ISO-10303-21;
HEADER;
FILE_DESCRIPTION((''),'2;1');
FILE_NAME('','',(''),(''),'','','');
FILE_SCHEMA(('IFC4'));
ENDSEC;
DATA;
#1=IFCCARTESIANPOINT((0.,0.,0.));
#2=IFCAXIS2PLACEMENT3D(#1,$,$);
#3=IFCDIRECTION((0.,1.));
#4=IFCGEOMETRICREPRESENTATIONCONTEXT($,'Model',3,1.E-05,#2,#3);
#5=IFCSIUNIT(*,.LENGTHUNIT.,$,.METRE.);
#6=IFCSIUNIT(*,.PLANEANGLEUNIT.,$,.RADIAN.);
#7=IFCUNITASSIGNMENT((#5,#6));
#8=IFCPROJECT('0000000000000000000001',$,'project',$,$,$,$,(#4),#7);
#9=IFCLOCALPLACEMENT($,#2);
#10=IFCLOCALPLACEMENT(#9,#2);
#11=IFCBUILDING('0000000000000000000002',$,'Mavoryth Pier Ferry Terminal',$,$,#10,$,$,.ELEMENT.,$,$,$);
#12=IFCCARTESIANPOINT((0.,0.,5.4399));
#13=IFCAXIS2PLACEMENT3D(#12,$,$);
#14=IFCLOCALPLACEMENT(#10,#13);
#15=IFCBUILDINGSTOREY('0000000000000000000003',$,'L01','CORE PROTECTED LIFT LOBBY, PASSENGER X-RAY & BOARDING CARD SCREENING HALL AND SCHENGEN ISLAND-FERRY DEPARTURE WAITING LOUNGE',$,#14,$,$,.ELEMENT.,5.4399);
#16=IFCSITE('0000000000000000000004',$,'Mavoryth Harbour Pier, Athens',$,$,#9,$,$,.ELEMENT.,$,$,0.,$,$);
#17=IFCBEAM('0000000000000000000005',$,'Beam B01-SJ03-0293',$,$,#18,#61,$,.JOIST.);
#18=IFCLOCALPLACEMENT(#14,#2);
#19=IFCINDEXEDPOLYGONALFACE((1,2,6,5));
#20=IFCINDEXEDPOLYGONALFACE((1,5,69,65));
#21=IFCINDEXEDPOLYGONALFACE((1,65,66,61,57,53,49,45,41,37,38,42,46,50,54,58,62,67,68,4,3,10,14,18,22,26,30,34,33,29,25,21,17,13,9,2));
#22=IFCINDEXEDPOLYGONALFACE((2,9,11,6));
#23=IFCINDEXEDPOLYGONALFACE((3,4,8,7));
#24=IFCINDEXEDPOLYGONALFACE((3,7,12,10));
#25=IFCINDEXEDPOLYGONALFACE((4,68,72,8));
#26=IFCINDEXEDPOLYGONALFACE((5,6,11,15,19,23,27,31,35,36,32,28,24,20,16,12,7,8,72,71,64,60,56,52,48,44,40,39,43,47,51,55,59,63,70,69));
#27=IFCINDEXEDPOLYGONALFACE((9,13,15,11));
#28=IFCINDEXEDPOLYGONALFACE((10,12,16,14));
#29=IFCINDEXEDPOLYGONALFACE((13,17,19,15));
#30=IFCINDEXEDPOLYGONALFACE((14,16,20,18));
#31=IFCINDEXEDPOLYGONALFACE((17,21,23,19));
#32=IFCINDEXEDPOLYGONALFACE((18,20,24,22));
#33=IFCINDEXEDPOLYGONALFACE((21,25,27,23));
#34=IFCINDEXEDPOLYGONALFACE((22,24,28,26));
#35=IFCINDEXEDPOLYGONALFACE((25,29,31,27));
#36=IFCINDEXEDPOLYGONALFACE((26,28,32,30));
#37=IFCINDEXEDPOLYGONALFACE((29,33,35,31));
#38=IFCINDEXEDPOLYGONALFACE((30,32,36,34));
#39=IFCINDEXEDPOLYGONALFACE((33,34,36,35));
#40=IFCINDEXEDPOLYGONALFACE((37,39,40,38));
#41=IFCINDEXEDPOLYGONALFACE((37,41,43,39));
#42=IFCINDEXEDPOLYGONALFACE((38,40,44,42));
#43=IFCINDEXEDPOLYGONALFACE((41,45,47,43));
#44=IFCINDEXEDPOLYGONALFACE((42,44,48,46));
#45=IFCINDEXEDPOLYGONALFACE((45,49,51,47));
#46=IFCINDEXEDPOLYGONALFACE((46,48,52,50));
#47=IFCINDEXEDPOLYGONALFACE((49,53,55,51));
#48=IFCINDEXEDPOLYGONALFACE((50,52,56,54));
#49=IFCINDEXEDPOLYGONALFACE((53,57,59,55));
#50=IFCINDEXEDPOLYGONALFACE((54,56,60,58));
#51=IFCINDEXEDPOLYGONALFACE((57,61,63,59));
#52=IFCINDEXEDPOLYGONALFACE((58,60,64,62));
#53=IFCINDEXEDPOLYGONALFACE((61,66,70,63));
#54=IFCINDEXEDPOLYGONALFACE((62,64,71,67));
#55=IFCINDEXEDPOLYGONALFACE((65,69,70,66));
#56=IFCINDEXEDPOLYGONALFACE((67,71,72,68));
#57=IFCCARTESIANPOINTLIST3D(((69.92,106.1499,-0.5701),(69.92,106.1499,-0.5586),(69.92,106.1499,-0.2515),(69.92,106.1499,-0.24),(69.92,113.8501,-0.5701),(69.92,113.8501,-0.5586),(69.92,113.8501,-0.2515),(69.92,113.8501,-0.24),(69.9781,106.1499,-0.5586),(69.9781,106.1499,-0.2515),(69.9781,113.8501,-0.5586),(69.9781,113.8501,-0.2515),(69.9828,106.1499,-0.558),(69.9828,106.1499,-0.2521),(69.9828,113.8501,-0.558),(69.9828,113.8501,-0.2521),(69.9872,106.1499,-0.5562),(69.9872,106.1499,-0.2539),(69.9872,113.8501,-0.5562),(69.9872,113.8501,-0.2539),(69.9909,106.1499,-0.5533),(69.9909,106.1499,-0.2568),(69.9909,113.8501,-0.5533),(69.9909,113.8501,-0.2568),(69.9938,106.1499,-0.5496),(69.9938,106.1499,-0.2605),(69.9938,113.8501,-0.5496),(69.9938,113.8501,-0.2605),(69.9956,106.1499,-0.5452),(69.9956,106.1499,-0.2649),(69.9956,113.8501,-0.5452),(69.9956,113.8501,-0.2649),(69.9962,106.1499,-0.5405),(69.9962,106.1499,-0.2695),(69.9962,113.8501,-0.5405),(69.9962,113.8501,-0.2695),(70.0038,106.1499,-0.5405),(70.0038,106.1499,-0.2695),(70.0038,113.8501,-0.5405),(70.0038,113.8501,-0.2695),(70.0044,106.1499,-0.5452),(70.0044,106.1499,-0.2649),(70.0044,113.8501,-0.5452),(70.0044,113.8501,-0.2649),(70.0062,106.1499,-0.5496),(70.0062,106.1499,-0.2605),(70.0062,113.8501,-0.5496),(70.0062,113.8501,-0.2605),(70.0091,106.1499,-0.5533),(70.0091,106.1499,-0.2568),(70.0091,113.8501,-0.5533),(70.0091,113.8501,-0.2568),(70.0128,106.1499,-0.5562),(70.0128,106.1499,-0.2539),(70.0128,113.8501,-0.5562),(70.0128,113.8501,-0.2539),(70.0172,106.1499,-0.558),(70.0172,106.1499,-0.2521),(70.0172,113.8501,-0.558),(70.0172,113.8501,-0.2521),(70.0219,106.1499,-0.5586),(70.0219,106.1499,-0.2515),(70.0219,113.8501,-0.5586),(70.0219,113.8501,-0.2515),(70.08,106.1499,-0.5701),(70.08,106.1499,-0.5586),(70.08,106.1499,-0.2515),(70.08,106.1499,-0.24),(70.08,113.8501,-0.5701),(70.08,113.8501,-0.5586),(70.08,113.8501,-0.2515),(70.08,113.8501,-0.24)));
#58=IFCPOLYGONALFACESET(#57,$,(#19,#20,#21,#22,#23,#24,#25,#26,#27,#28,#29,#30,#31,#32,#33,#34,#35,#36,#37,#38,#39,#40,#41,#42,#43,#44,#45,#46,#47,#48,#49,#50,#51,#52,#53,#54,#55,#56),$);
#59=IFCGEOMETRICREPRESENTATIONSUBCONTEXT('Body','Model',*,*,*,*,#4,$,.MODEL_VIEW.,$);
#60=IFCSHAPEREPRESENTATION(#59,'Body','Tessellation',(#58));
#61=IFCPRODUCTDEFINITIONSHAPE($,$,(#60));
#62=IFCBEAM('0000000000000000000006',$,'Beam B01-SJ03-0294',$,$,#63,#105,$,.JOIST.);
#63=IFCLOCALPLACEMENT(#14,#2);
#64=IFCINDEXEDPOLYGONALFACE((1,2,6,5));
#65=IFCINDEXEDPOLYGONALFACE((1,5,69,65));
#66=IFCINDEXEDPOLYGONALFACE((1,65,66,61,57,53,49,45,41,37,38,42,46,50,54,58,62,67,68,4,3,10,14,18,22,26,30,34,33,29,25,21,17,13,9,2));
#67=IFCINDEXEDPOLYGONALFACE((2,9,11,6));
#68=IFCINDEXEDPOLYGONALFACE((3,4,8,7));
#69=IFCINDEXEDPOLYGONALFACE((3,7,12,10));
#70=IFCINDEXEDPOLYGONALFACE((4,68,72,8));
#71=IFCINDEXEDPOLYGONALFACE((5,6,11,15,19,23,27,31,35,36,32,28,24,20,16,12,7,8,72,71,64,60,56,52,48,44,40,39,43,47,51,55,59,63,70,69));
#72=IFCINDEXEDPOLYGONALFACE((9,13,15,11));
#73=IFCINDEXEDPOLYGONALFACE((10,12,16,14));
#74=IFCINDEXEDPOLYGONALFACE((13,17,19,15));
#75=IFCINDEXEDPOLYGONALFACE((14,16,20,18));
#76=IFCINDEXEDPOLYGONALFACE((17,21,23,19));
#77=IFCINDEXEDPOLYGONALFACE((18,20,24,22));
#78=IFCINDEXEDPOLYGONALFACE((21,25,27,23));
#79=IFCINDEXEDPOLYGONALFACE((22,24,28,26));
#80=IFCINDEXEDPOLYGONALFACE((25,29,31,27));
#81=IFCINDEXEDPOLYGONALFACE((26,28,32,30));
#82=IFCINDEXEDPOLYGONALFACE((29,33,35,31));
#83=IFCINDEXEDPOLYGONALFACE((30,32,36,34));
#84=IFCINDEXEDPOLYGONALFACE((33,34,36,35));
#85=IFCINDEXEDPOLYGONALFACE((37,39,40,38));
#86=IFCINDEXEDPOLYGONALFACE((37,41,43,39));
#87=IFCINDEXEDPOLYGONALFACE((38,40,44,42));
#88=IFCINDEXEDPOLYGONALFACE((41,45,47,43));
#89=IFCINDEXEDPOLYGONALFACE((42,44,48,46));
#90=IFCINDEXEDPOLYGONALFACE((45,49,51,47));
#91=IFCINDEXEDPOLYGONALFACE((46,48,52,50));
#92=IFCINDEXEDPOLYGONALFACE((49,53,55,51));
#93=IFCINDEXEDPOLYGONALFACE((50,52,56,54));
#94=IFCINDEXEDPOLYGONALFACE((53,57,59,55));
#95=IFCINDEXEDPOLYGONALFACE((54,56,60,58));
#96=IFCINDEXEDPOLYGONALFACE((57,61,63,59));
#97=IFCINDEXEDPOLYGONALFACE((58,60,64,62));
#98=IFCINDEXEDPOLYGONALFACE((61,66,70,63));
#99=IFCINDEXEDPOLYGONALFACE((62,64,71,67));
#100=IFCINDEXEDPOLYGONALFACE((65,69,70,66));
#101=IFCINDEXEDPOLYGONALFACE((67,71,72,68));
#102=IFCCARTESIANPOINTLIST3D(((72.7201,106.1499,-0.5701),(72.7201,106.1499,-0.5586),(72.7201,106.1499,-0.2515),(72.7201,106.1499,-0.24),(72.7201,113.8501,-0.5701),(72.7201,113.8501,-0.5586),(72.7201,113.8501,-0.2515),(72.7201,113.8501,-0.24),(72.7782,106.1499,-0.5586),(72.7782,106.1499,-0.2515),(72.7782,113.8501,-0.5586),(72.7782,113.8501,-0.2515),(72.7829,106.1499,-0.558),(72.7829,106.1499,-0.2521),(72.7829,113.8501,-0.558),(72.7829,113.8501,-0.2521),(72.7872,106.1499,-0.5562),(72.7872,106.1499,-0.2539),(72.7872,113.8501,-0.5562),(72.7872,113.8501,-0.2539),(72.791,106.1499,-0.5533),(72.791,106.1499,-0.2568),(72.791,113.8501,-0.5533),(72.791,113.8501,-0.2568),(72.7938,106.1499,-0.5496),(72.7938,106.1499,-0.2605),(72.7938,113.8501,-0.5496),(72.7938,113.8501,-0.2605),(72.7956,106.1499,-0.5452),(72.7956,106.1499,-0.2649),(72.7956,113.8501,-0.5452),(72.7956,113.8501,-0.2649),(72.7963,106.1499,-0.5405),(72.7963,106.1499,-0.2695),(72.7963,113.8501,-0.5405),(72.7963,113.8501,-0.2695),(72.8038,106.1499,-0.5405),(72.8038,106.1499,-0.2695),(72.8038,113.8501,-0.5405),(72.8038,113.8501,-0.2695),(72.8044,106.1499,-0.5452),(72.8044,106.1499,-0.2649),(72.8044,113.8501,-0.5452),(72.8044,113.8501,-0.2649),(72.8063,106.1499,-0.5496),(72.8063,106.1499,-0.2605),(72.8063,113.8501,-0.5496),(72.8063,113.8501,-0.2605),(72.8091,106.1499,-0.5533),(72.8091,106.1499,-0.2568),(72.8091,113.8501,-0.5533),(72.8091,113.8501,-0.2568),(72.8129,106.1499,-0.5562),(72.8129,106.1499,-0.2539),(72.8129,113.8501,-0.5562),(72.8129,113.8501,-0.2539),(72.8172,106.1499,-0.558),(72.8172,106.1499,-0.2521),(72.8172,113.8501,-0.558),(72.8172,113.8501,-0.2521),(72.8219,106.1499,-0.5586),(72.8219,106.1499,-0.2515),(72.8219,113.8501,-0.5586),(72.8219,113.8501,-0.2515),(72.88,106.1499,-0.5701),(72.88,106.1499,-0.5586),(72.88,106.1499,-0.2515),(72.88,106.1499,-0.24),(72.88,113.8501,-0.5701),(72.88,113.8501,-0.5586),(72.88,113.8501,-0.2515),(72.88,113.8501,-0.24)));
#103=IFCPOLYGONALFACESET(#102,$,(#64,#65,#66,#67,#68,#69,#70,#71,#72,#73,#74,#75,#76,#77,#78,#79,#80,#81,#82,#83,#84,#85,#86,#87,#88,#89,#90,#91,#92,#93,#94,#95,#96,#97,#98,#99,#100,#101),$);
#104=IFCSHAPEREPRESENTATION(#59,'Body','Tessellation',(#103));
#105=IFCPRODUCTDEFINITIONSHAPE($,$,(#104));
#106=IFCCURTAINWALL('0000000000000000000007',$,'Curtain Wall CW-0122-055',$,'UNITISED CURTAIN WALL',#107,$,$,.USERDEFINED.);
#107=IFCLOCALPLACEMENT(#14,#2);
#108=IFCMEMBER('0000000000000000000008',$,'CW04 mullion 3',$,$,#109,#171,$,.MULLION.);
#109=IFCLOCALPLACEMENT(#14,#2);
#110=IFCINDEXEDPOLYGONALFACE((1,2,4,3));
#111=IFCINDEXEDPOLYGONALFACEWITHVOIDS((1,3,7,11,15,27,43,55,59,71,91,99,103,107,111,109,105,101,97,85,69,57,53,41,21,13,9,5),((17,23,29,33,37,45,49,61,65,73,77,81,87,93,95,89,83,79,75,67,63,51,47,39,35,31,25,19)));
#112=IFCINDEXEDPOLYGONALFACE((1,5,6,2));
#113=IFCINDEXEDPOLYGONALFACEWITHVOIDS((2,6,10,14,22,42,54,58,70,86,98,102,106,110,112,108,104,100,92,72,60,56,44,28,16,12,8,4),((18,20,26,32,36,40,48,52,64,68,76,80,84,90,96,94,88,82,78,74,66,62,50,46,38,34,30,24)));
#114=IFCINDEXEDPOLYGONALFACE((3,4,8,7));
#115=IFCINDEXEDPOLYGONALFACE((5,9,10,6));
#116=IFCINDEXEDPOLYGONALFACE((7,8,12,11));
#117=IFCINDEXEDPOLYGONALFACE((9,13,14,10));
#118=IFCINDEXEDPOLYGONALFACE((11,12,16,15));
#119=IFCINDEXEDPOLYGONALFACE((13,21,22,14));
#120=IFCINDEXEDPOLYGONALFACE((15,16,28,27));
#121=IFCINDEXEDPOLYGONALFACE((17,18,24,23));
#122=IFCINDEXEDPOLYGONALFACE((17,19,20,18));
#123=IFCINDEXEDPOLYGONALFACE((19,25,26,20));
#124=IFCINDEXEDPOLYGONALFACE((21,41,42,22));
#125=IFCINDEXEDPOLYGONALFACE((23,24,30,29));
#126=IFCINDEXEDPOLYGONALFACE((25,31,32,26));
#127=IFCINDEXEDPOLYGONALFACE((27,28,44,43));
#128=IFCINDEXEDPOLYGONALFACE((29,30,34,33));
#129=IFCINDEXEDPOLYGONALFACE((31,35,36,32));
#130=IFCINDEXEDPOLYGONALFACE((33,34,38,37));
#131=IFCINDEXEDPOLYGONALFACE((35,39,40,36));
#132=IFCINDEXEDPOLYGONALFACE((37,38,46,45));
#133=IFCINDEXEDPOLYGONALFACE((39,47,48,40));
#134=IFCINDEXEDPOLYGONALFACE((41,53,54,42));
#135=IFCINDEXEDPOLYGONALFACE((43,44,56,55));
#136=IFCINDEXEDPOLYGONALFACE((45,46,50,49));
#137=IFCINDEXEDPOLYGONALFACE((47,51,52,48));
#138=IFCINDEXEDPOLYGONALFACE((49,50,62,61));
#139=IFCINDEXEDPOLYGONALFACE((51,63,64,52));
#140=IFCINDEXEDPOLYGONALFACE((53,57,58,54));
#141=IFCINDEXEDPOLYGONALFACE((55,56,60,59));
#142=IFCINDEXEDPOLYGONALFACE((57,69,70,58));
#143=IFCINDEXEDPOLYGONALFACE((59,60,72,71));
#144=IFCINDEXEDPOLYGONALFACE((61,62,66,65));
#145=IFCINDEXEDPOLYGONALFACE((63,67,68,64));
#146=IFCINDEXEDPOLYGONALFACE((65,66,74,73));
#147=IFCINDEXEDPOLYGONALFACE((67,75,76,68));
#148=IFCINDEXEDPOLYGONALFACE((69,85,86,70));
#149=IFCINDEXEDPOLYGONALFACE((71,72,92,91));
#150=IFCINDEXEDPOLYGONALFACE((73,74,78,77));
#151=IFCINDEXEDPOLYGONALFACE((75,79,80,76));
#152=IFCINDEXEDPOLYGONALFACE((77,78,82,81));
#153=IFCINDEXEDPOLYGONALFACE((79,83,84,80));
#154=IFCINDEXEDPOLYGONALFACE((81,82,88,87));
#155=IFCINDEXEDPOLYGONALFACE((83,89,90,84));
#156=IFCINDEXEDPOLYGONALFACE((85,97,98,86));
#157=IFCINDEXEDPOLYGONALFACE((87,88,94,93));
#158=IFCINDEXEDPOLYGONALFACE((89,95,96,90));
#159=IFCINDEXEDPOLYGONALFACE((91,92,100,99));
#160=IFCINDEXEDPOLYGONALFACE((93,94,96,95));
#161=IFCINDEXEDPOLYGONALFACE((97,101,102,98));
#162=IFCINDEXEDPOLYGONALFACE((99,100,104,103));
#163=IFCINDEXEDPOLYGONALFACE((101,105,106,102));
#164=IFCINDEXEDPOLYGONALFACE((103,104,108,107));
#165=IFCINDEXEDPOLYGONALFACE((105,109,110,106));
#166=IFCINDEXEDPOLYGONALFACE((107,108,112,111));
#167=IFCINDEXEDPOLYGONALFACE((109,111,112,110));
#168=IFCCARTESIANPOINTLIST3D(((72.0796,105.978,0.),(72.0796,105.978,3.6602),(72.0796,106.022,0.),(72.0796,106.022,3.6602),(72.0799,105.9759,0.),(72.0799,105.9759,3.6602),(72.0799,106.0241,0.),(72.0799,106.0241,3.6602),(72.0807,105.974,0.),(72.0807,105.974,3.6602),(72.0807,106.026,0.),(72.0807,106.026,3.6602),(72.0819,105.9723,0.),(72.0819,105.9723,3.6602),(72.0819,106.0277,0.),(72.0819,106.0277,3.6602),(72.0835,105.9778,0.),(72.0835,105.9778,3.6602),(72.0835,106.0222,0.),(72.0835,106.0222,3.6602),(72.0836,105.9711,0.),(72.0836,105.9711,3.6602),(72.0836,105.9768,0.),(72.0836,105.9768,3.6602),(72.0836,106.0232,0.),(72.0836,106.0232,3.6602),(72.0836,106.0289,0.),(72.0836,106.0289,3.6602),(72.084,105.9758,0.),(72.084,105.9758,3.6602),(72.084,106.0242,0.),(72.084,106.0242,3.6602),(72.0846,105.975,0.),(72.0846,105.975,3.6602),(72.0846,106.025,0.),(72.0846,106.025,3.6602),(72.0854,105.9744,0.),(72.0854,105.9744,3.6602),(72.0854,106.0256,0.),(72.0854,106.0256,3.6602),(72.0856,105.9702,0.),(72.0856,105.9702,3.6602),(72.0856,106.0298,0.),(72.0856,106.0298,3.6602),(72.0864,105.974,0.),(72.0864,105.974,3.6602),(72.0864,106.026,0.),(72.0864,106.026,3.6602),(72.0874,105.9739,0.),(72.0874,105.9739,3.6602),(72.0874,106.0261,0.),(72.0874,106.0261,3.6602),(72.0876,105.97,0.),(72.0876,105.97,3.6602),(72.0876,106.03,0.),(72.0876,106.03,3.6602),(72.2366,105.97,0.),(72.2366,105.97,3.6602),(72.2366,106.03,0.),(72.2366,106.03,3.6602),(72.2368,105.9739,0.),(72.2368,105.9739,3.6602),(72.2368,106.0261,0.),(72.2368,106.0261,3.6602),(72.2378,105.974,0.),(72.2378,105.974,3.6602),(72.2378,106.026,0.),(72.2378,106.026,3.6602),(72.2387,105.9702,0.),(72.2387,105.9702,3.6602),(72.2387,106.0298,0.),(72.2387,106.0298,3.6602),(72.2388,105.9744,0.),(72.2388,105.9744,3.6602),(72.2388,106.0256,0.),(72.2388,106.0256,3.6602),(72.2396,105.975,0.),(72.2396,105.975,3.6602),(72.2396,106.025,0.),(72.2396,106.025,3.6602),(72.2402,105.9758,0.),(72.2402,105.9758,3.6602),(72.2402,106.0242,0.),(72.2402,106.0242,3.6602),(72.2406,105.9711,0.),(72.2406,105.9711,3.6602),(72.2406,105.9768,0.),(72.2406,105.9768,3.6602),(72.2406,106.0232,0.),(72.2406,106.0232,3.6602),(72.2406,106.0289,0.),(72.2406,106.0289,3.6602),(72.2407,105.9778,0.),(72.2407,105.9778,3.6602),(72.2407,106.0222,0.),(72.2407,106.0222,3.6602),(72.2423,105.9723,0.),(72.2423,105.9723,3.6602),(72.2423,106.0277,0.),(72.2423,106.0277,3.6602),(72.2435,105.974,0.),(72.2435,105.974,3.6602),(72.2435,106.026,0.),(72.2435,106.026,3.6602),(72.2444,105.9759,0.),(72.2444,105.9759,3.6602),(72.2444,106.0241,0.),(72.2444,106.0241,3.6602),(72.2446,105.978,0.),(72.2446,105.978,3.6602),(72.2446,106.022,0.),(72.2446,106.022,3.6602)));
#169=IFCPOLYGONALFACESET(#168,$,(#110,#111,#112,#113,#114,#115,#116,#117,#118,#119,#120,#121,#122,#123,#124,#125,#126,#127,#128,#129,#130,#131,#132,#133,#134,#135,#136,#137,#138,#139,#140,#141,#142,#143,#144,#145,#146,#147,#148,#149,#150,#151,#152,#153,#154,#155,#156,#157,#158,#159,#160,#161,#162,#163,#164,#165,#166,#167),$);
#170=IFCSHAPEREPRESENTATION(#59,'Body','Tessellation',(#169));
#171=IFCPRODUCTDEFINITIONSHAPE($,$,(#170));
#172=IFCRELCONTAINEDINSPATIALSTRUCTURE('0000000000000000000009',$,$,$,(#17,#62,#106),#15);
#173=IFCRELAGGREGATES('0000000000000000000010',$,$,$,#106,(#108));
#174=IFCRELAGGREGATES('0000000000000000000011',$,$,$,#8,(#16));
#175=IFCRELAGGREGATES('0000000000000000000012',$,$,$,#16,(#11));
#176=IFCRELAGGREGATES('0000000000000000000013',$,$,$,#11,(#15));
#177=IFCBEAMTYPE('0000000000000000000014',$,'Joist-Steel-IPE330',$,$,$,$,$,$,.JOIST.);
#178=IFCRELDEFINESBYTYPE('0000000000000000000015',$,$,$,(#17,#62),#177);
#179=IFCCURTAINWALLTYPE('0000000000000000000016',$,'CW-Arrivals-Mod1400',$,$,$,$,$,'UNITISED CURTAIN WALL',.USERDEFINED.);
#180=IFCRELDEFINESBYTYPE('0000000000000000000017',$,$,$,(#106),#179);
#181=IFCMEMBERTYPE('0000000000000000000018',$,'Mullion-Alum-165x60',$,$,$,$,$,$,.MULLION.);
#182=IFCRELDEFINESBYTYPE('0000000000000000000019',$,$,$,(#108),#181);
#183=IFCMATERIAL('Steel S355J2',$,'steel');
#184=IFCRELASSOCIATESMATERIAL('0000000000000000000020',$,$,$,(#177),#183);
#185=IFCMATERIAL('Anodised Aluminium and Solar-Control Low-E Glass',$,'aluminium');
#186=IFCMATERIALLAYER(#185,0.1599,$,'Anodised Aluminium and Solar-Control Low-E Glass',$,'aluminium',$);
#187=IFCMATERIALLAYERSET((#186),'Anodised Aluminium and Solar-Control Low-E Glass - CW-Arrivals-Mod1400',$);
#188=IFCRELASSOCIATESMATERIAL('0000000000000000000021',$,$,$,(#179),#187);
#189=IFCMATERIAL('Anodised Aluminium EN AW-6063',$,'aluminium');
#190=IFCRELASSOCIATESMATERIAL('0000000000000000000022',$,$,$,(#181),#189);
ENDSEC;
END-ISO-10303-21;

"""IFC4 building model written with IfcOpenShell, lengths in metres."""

from ifc_helpers import new_model, si_unit, direction, frame, origin, origin_2d, place, context, subcontext, project, spatial, hollow_rectangle, i_section, extrude, material, layer, layer_set, material_profile, profile_set, type_object, element, aggregate, save


model = new_model("IFC4")

# Units and contexts
model_context = context("Model", 3, precision=1e-05, world=origin(), true_north=direction((0.0, 1.0)))
body_context = subcontext(model_context, "Body", "Model", "MODEL_VIEW")
ifc_project = project(units=[si_unit("LENGTHUNIT", "METRE"), si_unit("PLANEANGLEUNIT", "RADIAN")], contexts=[model_context])

# Site, building, storey
site_placement = place(None, origin())
site = spatial("IfcSite", under=ifc_project, at=site_placement, Name="Mavoryth Harbour Pier, Athens", CompositionType="ELEMENT", RefElevation=0.0)
building_placement = place(site_placement, origin())
building = spatial("IfcBuilding", under=site, at=building_placement, Name="Mavoryth Pier Ferry Terminal", CompositionType="ELEMENT")
storey_placement = place(building_placement, frame((0.0, 0.0, 5.4399)))
storey = spatial("IfcBuildingStorey", under=building, at=storey_placement, Name="L01", Description="CORE PROTECTED LIFT LOBBY, PASSENGER X-RAY & BOARDING CARD SCREENING HALL AND SCHENGEN ISLAND-FERRY DEPARTURE WAITING LOUNGE", CompositionType="ELEMENT", Elevation=5.4399)

# Beams
ifc_material_1 = material(Name="Steel S355J2", Category="steel")
ifc_material_profile_1 = material_profile(ifc_material_1, i_section(OverallWidth=0.1599, OverallDepth=0.3301, WebThickness=0.0076, FlangeThickness=0.0115, FilletRadius=0.0181, at=origin_2d()), Name="IPE 330", Category="steel")
ifc_profile_set_1 = profile_set([ifc_material_profile_1], Name="Steel S355J2 - IPE 330")
beam_type_1 = type_object("IfcBeamType", Name="Joist-Steel-IPE330", PredefinedType="JOIST", material=ifc_profile_set_1)
for number, where, z_axis, x_axis, name in (
    (1, (70.0, 106.1499, -0.405), (0.0, 1.0, 0.0), (-1.0, 0.0, 0.0), "Beam B01-SJ03-0293"),
    (2, (72.8, 106.1499, -0.405), (0.0, 1.0, 0.0), (-1.0, 0.0, 0.0), "Beam B01-SJ03-0294"),
):
    element("IfcBeam", number, at=place(storey_placement, frame(where, z_axis=z_axis, x_axis=x_axis)), inside=storey, type_object=beam_type_1, Name=name, PredefinedType="JOIST", context=body_context, shape_type="SweptSolid", body=[
        extrude(i_section(OverallWidth=0.1599, OverallDepth=0.3301, WebThickness=0.0076, FlangeThickness=0.0115, FilletRadius=0.0181, at=origin_2d()), origin(), (0.0, 0.0, 1.0), 7.7002),
    ])

# Curtain wall, member
ifc_material_2 = material(Name="Anodised Aluminium and Solar-Control Low-E Glass", Category="aluminium")
ifc_layer_1 = layer(ifc_material_2, 0.1599, Name="Anodised Aluminium and Solar-Control Low-E Glass", Category="aluminium")
ifc_layer_set_1 = layer_set([ifc_layer_1], Name="Anodised Aluminium and Solar-Control Low-E Glass - CW-Arrivals-Mod1400")
curtain_wall_type = type_object("IfcCurtainWallType", Name="CW-Arrivals-Mod1400", ElementType="UNITISED CURTAIN WALL", PredefinedType="USERDEFINED", material=ifc_layer_set_1)
curtain_wall_placement = place(storey_placement, origin())
curtain_wall = element("IfcCurtainWall", 3, at=curtain_wall_placement, inside=storey, type_object=curtain_wall_type, Name="Curtain Wall CW-0122-055", ObjectType="UNITISED CURTAIN WALL", PredefinedType="USERDEFINED")
ifc_material_3 = material(Name="Anodised Aluminium EN AW-6063", Category="aluminium")
ifc_material_profile_2 = material_profile(ifc_material_3, hollow_rectangle(XDim=0.0601, YDim=0.165, WallThickness=0.0039, InnerFilletRadius=0.0039, OuterFilletRadius=0.0081, at=origin_2d()), Name="AL-MULL 165x60x4", Category="aluminium")
ifc_profile_set_2 = profile_set([ifc_material_profile_2], Name="Anodised Aluminium EN AW-6063 - AL-MULL 165x60x4")
member_type_1 = type_object("IfcMemberType", Name="Mullion-Alum-165x60", PredefinedType="MULLION", material=ifc_profile_set_2)
member_1_placement = place(storey_placement, frame((72.1621, 106.0, 0.0), z_axis=(0.0, 0.0, 1.0), x_axis=(0.0, -1.0, 0.0)))
member_1 = element("IfcMember", 4, at=member_1_placement, type_object=member_type_1, Name="CW04 mullion 3", PredefinedType="MULLION", context=body_context, shape_type="SweptSolid", body=[
    extrude(hollow_rectangle(XDim=0.0601, YDim=0.165, WallThickness=0.0039, InnerFilletRadius=0.0039, OuterFilletRadius=0.0081, at=origin_2d()), origin(), (0.0, 0.0, 1.0), 3.6602),
])

aggregate(curtain_wall, [member_1])

save(model, "model.ifc")
